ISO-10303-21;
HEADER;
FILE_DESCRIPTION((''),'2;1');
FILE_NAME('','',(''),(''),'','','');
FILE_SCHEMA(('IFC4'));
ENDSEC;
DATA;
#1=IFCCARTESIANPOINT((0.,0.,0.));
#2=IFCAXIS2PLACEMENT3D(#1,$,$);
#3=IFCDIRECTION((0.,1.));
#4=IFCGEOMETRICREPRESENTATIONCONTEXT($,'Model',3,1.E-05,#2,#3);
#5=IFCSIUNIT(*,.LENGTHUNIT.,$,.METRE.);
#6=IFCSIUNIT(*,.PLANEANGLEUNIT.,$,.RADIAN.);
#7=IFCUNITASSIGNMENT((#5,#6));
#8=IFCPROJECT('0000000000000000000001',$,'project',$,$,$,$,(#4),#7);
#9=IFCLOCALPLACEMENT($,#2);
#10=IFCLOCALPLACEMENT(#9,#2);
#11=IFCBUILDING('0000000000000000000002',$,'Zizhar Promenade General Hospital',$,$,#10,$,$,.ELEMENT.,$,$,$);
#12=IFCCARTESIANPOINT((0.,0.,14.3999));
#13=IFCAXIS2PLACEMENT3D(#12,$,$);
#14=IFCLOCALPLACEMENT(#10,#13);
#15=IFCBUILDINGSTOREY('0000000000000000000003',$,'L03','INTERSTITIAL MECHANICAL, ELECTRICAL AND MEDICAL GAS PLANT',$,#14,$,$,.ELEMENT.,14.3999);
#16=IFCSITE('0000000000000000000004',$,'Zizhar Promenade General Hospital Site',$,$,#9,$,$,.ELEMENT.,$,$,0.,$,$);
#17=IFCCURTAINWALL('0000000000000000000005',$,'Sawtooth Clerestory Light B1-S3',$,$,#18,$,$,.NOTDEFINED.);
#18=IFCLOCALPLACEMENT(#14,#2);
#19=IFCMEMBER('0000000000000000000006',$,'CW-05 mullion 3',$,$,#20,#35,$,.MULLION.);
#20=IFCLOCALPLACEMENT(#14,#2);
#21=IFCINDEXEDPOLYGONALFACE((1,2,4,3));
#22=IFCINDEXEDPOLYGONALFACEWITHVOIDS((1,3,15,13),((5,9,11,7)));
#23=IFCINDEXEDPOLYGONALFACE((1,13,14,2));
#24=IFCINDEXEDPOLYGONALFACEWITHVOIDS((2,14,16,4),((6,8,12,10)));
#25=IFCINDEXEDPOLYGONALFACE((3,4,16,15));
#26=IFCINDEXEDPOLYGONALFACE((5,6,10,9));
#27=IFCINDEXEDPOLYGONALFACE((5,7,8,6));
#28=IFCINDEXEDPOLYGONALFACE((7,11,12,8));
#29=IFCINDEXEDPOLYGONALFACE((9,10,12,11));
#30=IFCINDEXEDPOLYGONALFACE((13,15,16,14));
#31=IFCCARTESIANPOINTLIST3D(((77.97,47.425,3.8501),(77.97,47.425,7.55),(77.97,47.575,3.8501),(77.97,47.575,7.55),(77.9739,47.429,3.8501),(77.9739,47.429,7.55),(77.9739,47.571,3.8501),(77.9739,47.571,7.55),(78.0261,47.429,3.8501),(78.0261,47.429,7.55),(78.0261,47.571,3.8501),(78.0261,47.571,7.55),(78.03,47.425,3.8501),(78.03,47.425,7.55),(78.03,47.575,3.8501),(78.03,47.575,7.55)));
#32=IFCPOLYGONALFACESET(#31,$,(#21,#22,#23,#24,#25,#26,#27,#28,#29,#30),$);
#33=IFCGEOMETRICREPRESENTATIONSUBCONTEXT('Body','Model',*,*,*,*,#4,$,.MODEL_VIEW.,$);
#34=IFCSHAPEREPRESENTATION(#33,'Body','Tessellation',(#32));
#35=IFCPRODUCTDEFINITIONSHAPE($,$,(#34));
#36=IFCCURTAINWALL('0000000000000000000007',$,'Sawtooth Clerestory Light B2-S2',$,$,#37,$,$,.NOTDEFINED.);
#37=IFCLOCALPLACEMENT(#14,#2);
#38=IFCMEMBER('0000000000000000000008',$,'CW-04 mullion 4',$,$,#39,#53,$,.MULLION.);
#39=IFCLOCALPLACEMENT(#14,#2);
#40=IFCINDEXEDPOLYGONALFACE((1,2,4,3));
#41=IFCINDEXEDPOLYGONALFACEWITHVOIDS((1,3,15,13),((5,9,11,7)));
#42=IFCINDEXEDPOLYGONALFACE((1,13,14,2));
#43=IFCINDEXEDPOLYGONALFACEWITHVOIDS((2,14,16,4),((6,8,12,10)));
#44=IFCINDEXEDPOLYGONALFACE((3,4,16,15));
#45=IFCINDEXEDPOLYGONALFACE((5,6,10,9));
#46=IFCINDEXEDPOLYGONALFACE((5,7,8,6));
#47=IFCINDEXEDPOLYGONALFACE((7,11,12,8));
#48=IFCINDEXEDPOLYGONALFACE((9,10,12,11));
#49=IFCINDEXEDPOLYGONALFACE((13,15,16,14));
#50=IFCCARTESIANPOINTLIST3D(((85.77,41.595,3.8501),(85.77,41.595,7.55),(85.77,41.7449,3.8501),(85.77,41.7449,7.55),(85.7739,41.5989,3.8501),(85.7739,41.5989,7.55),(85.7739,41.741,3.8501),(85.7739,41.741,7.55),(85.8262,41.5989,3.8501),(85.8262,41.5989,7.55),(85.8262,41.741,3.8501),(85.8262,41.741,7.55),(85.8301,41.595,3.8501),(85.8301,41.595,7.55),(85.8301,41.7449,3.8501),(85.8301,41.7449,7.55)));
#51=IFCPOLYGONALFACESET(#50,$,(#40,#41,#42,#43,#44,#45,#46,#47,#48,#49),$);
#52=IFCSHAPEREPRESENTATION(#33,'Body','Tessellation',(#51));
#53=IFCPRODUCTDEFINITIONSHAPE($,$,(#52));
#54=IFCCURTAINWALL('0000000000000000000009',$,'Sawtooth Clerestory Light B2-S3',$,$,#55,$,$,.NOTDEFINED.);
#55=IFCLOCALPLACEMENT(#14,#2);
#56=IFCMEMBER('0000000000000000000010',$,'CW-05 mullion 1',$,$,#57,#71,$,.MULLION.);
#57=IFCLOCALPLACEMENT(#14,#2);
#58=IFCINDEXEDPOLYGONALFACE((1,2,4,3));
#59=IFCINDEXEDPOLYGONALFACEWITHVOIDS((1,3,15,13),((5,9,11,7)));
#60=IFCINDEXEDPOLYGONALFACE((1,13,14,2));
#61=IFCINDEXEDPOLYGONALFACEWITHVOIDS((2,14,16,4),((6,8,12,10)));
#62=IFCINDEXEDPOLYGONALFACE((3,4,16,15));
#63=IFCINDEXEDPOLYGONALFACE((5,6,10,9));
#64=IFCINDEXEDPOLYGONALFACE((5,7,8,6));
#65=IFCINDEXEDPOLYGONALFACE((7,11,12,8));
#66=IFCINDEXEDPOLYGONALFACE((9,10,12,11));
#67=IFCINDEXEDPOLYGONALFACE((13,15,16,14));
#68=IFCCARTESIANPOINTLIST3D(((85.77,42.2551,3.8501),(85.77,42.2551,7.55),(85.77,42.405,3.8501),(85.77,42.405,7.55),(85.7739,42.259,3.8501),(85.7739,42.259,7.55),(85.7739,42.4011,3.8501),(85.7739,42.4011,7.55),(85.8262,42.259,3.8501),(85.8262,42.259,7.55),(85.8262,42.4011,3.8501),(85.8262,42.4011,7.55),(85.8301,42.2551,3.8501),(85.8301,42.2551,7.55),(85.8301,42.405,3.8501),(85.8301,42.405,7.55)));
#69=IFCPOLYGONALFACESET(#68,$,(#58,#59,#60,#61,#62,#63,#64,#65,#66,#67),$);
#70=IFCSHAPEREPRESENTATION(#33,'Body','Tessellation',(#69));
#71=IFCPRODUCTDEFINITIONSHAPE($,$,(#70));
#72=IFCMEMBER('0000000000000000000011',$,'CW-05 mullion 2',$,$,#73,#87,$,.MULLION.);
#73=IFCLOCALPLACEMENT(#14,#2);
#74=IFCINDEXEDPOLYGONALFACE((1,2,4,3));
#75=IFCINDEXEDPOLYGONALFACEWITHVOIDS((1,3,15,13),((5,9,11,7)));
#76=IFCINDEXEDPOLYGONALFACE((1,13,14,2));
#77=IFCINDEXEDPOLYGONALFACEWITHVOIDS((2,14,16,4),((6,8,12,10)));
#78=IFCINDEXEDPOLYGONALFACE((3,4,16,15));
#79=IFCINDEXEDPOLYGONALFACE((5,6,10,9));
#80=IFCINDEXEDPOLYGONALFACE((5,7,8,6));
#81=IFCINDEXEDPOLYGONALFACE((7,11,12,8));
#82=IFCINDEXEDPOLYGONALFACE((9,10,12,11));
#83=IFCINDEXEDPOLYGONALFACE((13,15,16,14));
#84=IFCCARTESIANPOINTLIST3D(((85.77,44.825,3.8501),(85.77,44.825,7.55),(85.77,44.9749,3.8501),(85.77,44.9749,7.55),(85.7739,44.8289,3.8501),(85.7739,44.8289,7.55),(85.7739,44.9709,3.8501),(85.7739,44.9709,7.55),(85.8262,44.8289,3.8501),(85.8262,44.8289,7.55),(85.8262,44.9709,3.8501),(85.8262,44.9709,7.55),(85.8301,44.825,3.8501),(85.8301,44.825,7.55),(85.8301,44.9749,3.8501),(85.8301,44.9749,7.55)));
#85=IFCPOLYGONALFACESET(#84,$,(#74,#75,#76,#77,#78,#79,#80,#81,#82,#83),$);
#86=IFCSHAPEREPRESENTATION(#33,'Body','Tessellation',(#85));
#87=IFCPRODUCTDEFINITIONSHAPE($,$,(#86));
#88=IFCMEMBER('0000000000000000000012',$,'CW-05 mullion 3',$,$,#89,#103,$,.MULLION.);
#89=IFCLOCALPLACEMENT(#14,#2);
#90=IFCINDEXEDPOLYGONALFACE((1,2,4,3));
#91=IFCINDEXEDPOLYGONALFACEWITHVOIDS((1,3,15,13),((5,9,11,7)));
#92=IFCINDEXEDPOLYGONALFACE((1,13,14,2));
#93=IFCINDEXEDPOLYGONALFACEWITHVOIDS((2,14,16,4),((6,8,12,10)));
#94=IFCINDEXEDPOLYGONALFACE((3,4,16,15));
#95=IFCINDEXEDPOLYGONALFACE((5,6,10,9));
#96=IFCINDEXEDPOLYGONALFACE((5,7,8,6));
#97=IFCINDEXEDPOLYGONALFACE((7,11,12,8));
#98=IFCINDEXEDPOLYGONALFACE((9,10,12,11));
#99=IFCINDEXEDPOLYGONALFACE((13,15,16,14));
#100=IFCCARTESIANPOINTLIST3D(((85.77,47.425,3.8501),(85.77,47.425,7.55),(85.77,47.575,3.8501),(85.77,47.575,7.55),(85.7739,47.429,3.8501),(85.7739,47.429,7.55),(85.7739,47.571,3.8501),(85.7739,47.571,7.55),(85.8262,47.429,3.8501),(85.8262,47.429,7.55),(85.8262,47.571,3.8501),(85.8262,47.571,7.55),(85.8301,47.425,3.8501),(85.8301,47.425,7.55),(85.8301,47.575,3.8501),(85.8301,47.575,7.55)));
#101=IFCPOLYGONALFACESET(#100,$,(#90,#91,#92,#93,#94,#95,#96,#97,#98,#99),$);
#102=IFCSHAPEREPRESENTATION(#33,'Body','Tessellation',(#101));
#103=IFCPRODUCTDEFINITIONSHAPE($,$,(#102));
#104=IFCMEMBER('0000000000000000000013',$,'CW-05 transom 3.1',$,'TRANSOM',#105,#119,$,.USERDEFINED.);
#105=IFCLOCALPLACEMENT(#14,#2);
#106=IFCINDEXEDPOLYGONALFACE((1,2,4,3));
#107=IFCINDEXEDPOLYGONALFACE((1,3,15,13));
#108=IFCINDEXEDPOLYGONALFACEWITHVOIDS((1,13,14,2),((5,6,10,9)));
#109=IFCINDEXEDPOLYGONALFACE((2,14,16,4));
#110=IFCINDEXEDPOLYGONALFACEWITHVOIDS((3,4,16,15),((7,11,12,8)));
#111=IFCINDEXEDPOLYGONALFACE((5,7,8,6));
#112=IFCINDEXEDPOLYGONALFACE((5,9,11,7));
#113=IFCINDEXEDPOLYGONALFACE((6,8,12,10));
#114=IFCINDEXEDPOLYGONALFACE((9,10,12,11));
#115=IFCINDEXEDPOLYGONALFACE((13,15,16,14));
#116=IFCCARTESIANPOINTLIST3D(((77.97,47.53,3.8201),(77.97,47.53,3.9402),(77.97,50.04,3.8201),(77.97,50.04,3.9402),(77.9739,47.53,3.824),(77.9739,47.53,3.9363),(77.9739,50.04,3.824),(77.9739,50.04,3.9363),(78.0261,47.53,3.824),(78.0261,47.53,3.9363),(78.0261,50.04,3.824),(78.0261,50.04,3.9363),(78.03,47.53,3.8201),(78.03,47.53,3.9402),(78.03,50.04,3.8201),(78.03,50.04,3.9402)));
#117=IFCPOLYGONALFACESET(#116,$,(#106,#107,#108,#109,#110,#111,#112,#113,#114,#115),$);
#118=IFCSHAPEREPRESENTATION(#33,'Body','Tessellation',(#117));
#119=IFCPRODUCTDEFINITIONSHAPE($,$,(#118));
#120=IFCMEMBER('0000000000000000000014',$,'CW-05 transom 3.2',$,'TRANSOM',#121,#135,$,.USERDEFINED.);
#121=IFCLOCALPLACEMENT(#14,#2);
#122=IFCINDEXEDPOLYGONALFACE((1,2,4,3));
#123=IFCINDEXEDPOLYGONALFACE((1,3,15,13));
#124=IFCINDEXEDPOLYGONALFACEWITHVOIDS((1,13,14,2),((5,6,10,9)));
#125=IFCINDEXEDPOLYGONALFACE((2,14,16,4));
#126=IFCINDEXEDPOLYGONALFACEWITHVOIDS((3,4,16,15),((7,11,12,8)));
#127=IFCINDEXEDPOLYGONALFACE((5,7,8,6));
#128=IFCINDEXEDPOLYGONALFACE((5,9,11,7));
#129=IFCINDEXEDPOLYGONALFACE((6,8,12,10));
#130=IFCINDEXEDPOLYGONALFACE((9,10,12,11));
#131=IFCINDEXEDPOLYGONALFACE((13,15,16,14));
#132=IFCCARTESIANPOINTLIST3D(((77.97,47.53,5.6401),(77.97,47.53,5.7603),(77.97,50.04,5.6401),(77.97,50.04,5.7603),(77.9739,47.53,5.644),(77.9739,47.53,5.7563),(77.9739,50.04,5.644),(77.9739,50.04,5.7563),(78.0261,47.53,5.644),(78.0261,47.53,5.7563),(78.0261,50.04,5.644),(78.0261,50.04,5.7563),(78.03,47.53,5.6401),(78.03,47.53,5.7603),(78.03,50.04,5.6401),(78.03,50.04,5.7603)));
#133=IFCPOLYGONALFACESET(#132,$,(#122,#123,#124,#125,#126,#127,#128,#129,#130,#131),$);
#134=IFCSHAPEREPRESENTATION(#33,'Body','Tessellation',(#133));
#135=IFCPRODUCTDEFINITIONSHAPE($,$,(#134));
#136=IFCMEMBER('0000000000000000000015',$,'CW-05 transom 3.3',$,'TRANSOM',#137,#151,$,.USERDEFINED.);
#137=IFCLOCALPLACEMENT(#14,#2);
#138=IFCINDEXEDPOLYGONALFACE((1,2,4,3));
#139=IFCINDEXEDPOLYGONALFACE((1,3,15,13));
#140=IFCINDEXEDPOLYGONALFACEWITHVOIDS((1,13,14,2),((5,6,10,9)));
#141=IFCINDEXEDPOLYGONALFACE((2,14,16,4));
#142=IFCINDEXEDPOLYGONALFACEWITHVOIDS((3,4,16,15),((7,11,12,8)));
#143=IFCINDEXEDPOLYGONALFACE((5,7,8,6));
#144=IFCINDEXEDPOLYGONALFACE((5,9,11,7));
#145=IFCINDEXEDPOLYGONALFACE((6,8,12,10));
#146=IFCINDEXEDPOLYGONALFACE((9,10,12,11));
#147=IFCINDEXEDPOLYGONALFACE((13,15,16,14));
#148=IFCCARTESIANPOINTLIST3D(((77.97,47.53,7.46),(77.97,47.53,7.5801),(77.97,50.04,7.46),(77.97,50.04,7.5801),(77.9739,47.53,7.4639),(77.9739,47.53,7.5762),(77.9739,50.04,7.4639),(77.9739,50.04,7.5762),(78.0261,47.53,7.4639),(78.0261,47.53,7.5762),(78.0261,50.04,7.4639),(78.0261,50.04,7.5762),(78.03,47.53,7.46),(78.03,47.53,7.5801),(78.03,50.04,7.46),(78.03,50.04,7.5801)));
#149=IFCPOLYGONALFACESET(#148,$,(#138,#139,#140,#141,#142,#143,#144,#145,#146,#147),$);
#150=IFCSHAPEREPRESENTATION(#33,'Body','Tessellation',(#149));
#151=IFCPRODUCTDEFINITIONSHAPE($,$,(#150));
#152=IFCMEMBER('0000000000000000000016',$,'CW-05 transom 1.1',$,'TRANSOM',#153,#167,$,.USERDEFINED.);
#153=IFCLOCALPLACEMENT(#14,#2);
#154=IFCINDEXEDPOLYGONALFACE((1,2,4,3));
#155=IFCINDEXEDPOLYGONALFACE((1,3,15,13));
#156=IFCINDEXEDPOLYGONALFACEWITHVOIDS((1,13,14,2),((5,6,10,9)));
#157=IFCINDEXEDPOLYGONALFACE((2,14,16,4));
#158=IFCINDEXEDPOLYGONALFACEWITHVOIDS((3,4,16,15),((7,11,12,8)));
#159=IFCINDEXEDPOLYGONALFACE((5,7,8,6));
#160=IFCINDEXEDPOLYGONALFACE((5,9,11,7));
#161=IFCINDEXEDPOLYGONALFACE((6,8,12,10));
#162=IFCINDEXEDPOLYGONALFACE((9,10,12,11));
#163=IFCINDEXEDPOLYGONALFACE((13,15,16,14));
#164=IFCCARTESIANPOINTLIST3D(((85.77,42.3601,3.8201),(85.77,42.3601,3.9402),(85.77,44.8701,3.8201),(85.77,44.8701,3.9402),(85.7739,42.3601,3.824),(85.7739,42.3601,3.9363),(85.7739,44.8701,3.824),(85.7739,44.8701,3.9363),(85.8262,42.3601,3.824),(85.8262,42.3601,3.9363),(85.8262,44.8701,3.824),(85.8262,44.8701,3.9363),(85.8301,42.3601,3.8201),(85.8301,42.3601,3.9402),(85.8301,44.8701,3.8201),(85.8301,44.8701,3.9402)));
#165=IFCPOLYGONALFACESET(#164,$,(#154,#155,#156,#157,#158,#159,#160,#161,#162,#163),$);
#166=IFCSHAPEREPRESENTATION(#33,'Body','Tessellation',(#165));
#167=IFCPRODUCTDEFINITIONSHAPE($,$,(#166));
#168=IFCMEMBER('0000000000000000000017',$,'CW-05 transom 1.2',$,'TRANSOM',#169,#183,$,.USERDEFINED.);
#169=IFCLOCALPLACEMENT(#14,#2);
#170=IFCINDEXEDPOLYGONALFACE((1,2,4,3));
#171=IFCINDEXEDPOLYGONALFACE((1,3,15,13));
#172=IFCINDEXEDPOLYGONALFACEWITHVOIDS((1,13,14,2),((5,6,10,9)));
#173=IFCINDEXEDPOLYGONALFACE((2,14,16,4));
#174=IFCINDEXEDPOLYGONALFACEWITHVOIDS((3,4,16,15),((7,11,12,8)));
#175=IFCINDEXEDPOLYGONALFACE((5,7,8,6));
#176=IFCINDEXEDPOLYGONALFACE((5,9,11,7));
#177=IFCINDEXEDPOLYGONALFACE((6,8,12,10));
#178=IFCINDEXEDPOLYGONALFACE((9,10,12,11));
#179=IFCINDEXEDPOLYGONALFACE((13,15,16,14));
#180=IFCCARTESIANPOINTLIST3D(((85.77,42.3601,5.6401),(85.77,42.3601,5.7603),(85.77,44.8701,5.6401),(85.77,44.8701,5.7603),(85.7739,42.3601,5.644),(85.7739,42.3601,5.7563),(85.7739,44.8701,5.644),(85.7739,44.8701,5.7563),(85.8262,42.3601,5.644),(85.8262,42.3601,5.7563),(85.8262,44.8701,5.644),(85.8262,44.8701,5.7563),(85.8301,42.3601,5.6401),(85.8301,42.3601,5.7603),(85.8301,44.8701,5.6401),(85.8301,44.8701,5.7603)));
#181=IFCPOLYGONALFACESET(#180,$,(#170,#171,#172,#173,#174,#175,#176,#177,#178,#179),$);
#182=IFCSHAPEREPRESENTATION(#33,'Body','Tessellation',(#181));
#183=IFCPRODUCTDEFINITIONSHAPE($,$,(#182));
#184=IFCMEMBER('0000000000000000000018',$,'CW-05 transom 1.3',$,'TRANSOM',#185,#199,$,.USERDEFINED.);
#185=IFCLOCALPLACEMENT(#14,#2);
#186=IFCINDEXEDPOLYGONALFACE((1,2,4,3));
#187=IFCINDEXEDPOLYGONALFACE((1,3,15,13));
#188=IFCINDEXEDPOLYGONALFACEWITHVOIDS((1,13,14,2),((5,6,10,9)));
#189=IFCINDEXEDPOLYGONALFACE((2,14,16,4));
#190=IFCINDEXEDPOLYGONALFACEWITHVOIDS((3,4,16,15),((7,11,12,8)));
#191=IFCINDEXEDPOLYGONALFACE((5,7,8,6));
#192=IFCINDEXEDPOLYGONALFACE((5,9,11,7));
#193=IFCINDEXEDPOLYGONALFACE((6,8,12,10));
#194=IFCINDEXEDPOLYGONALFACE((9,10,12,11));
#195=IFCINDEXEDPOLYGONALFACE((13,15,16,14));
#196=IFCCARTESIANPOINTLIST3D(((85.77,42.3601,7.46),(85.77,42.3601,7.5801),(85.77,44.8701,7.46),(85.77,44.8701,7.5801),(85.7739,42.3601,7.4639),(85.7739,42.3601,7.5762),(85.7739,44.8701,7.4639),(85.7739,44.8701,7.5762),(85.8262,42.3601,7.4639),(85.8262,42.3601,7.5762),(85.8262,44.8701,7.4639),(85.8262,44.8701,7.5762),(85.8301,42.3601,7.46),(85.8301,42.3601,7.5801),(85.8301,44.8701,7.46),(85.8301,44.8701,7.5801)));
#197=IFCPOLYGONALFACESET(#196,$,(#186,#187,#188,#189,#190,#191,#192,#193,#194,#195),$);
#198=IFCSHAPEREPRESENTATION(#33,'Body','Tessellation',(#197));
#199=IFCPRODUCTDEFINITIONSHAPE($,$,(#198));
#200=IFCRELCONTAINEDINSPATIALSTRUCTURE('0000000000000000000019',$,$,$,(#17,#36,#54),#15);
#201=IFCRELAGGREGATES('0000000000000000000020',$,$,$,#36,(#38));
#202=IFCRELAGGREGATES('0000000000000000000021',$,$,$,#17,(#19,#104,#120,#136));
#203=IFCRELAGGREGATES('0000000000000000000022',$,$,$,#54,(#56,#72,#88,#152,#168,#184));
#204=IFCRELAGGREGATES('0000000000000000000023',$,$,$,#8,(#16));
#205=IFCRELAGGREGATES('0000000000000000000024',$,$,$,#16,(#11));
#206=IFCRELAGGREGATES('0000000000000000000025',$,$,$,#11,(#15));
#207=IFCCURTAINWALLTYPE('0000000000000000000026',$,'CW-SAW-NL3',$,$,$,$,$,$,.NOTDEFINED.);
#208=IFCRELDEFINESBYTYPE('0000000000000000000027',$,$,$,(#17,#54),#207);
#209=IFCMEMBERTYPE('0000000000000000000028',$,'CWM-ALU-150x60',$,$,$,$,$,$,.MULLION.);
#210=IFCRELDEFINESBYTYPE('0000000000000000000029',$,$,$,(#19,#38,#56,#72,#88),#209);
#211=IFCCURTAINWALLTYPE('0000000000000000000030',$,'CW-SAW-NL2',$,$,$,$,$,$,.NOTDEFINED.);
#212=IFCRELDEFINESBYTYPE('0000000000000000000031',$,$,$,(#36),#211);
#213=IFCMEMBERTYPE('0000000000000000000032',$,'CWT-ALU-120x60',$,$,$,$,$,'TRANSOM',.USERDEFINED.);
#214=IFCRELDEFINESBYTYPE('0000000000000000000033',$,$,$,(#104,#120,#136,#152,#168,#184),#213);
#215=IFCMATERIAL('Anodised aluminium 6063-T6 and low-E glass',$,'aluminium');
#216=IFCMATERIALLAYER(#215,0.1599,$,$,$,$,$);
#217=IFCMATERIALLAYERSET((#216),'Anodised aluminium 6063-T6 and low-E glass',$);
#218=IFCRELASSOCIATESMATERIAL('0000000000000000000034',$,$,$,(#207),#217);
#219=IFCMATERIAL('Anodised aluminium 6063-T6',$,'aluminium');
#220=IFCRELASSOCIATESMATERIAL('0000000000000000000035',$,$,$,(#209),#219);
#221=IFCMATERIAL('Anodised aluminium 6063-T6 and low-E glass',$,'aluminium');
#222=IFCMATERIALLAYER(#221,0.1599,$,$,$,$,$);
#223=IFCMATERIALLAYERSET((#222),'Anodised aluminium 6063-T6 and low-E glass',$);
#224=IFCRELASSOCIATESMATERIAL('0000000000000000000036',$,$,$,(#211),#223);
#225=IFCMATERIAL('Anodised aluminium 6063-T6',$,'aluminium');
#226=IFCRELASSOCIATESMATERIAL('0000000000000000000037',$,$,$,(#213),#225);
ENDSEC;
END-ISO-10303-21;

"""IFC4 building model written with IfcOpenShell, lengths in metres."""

from ifc_helpers import new_model, si_unit, direction, frame, origin, origin_2d, place, context, subcontext, project, spatial, hollow_rectangle, extrude, material, layer, layer_set, material_profile, profile_set, type_object, element, aggregate, save


model = new_model("IFC4")

# Units and contexts
model_context = context("Model", 3, precision=1e-05, world=origin(), true_north=direction((0.0, 1.0)))
body_context = subcontext(model_context, "Body", "Model", "MODEL_VIEW")
ifc_project = project(units=[si_unit("LENGTHUNIT", "METRE"), si_unit("PLANEANGLEUNIT", "RADIAN")], contexts=[model_context])

# Site, building, storey
site_placement = place(None, origin())
site = spatial("IfcSite", under=ifc_project, at=site_placement, Name="Zizhar Promenade General Hospital Site", CompositionType="ELEMENT", RefElevation=0.0)
building_placement = place(site_placement, origin())
building = spatial("IfcBuilding", under=site, at=building_placement, Name="Zizhar Promenade General Hospital", CompositionType="ELEMENT")
storey_placement = place(building_placement, frame((0.0, 0.0, 14.3999)))
storey = spatial("IfcBuildingStorey", under=building, at=storey_placement, Name="L03", Description="INTERSTITIAL MECHANICAL, ELECTRICAL AND MEDICAL GAS PLANT", CompositionType="ELEMENT", Elevation=14.3999)

# Curtain walls, members
ifc_material_1 = material(Name="Anodised aluminium 6063-T6 and low-E glass", Category="aluminium")
ifc_layer_1 = layer(ifc_material_1, 0.1599)
ifc_layer_set_1 = layer_set([ifc_layer_1], Name="Anodised aluminium 6063-T6 and low-E glass")
curtain_wall_type_1 = type_object("IfcCurtainWallType", Name="CW-SAW-NL3", PredefinedType="NOTDEFINED", material=ifc_layer_set_1)
curtain_wall_1_placement = place(storey_placement, origin())
curtain_wall_1 = element("IfcCurtainWall", 1, at=curtain_wall_1_placement, inside=storey, type_object=curtain_wall_type_1, Name="Sawtooth Clerestory Light B1-S3", PredefinedType="NOTDEFINED")
ifc_material_2 = material(Name="Anodised aluminium 6063-T6", Category="aluminium")
ifc_material_profile_1 = material_profile(ifc_material_2, hollow_rectangle(XDim=0.0601, YDim=0.1499, WallThickness=0.0039, at=origin_2d()))
ifc_profile_set_1 = profile_set([ifc_material_profile_1], Name="Anodised aluminium 6063-T6")
member_type_1 = type_object("IfcMemberType", Name="CWM-ALU-150x60", PredefinedType="MULLION", material=ifc_profile_set_1)
member_1_placement = place(storey_placement, frame((78.0, 47.5, 3.8501), z_axis=(0.0, 0.0, 1.0), x_axis=(-1.0, 0.0, 0.0)))
member_1 = element("IfcMember", 2, at=member_1_placement, type_object=member_type_1, Name="CW-05 mullion 3", PredefinedType="MULLION", context=body_context, shape_type="SweptSolid", body=[
    extrude(hollow_rectangle(XDim=0.0601, YDim=0.1499, WallThickness=0.0039, at=origin_2d()), origin(), (0.0, 0.0, 1.0), 3.7),
])
ifc_material_3 = material(Name="Anodised aluminium 6063-T6 and low-E glass", Category="aluminium")
ifc_layer_2 = layer(ifc_material_3, 0.1599)
ifc_layer_set_2 = layer_set([ifc_layer_2], Name="Anodised aluminium 6063-T6 and low-E glass")
curtain_wall_type_2 = type_object("IfcCurtainWallType", Name="CW-SAW-NL2", PredefinedType="NOTDEFINED", material=ifc_layer_set_2)
curtain_wall_2_placement = place(storey_placement, origin())
curtain_wall_2 = element("IfcCurtainWall", 3, at=curtain_wall_2_placement, inside=storey, type_object=curtain_wall_type_2, Name="Sawtooth Clerestory Light B2-S2", PredefinedType="NOTDEFINED")
member_2_placement = place(storey_placement, frame((85.8, 41.6699, 3.8501), z_axis=(0.0, 0.0, 1.0), x_axis=(-1.0, 0.0, 0.0)))
member_2 = element("IfcMember", 4, at=member_2_placement, type_object=member_type_1, Name="CW-04 mullion 4", PredefinedType="MULLION", context=body_context, shape_type="SweptSolid", body=[
    extrude(hollow_rectangle(XDim=0.0601, YDim=0.1499, WallThickness=0.0039, at=origin_2d()), origin(), (0.0, 0.0, 1.0), 3.7),
])
aggregate(curtain_wall_2, [member_2])

# Curtain wall, members
curtain_wall_3_placement = place(storey_placement, origin())
curtain_wall_3 = element("IfcCurtainWall", 5, at=curtain_wall_3_placement, inside=storey, type_object=curtain_wall_type_1, Name="Sawtooth Clerestory Light B2-S3", PredefinedType="NOTDEFINED")
member_3_placement = place(storey_placement, frame((85.8, 42.3301, 3.8501), z_axis=(0.0, 0.0, 1.0), x_axis=(-1.0, 0.0, 0.0)))
member_3 = element("IfcMember", 6, at=member_3_placement, type_object=member_type_1, Name="CW-05 mullion 1", PredefinedType="MULLION", context=body_context, shape_type="SweptSolid", body=[
    extrude(hollow_rectangle(XDim=0.0601, YDim=0.1499, WallThickness=0.0039, at=origin_2d()), origin(), (0.0, 0.0, 1.0), 3.7),
])
member_4_placement = place(storey_placement, frame((85.8, 44.8999, 3.8501), z_axis=(0.0, 0.0, 1.0), x_axis=(-1.0, 0.0, 0.0)))
member_4 = element("IfcMember", 7, at=member_4_placement, type_object=member_type_1, Name="CW-05 mullion 2", PredefinedType="MULLION", context=body_context, shape_type="SweptSolid", body=[
    extrude(hollow_rectangle(XDim=0.0601, YDim=0.1499, WallThickness=0.0039, at=origin_2d()), origin(), (0.0, 0.0, 1.0), 3.7),
])
member_5_placement = place(storey_placement, frame((85.8, 47.5, 3.8501), z_axis=(0.0, 0.0, 1.0), x_axis=(-1.0, 0.0, 0.0)))
member_5 = element("IfcMember", 8, at=member_5_placement, type_object=member_type_1, Name="CW-05 mullion 3", PredefinedType="MULLION", context=body_context, shape_type="SweptSolid", body=[
    extrude(hollow_rectangle(XDim=0.0601, YDim=0.1499, WallThickness=0.0039, at=origin_2d()), origin(), (0.0, 0.0, 1.0), 3.7),
])

# Members
ifc_material_4 = material(Name="Anodised aluminium 6063-T6", Category="aluminium")
ifc_material_profile_2 = material_profile(ifc_material_4, hollow_rectangle(XDim=0.0601, YDim=0.1201, WallThickness=0.0039, at=origin_2d()))
ifc_profile_set_2 = profile_set([ifc_material_profile_2], Name="Anodised aluminium 6063-T6")
member_type_2 = type_object("IfcMemberType", Name="CWT-ALU-120x60", ElementType="TRANSOM", PredefinedType="USERDEFINED", material=ifc_profile_set_2)
member_6_placement = place(storey_placement, frame((78.0, 47.53, 3.8801), z_axis=(0.0, 1.0, 0.0), x_axis=(-1.0, 0.0, 0.0)))
member_6 = element("IfcMember", 9, at=member_6_placement, type_object=member_type_2, Name="CW-05 transom 3.1", ObjectType="TRANSOM", PredefinedType="USERDEFINED", context=body_context, shape_type="SweptSolid", body=[
    extrude(hollow_rectangle(XDim=0.0601, YDim=0.1201, WallThickness=0.0039, at=origin_2d()), origin(), (0.0, 0.0, 1.0), 2.51),
])
member_7_placement = place(storey_placement, frame((78.0, 47.53, 5.7002), z_axis=(0.0, 1.0, 0.0), x_axis=(-1.0, 0.0, 0.0)))
member_7 = element("IfcMember", 10, at=member_7_placement, type_object=member_type_2, Name="CW-05 transom 3.2", ObjectType="TRANSOM", PredefinedType="USERDEFINED", context=body_context, shape_type="SweptSolid", body=[
    extrude(hollow_rectangle(XDim=0.0601, YDim=0.1201, WallThickness=0.0039, at=origin_2d()), origin(), (0.0, 0.0, 1.0), 2.51),
])
member_8_placement = place(storey_placement, frame((78.0, 47.53, 7.52), z_axis=(0.0, 1.0, 0.0), x_axis=(-1.0, 0.0, 0.0)))
member_8 = element("IfcMember", 11, at=member_8_placement, type_object=member_type_2, Name="CW-05 transom 3.3", ObjectType="TRANSOM", PredefinedType="USERDEFINED", context=body_context, shape_type="SweptSolid", body=[
    extrude(hollow_rectangle(XDim=0.0601, YDim=0.1201, WallThickness=0.0039, at=origin_2d()), origin(), (0.0, 0.0, 1.0), 2.51),
])
member_9_placement = place(storey_placement, frame((85.8, 42.3601, 3.8801), z_axis=(0.0, 1.0, 0.0), x_axis=(-1.0, 0.0, 0.0)))
member_9 = element("IfcMember", 12, at=member_9_placement, type_object=member_type_2, Name="CW-05 transom 1.1", ObjectType="TRANSOM", PredefinedType="USERDEFINED", context=body_context, shape_type="SweptSolid", body=[
    extrude(hollow_rectangle(XDim=0.0601, YDim=0.1201, WallThickness=0.0039, at=origin_2d()), origin(), (0.0, 0.0, 1.0), 2.51),
])
member_10_placement = place(storey_placement, frame((85.8, 42.3601, 5.7002), z_axis=(0.0, 1.0, 0.0), x_axis=(-1.0, 0.0, 0.0)))
member_10 = element("IfcMember", 13, at=member_10_placement, type_object=member_type_2, Name="CW-05 transom 1.2", ObjectType="TRANSOM", PredefinedType="USERDEFINED", context=body_context, shape_type="SweptSolid", body=[
    extrude(hollow_rectangle(XDim=0.0601, YDim=0.1201, WallThickness=0.0039, at=origin_2d()), origin(), (0.0, 0.0, 1.0), 2.51),
])
member_11_placement = place(storey_placement, frame((85.8, 42.3601, 7.52), z_axis=(0.0, 1.0, 0.0), x_axis=(-1.0, 0.0, 0.0)))
member_11 = element("IfcMember", 14, at=member_11_placement, type_object=member_type_2, Name="CW-05 transom 1.3", ObjectType="TRANSOM", PredefinedType="USERDEFINED", context=body_context, shape_type="SweptSolid", body=[
    extrude(hollow_rectangle(XDim=0.0601, YDim=0.1201, WallThickness=0.0039, at=origin_2d()), origin(), (0.0, 0.0, 1.0), 2.51),
])

aggregate(curtain_wall_1, [member_1, member_6, member_7, member_8])
aggregate(curtain_wall_3, [member_3, member_4, member_5, member_9, member_10, member_11])

save(model, "model.ifc")
